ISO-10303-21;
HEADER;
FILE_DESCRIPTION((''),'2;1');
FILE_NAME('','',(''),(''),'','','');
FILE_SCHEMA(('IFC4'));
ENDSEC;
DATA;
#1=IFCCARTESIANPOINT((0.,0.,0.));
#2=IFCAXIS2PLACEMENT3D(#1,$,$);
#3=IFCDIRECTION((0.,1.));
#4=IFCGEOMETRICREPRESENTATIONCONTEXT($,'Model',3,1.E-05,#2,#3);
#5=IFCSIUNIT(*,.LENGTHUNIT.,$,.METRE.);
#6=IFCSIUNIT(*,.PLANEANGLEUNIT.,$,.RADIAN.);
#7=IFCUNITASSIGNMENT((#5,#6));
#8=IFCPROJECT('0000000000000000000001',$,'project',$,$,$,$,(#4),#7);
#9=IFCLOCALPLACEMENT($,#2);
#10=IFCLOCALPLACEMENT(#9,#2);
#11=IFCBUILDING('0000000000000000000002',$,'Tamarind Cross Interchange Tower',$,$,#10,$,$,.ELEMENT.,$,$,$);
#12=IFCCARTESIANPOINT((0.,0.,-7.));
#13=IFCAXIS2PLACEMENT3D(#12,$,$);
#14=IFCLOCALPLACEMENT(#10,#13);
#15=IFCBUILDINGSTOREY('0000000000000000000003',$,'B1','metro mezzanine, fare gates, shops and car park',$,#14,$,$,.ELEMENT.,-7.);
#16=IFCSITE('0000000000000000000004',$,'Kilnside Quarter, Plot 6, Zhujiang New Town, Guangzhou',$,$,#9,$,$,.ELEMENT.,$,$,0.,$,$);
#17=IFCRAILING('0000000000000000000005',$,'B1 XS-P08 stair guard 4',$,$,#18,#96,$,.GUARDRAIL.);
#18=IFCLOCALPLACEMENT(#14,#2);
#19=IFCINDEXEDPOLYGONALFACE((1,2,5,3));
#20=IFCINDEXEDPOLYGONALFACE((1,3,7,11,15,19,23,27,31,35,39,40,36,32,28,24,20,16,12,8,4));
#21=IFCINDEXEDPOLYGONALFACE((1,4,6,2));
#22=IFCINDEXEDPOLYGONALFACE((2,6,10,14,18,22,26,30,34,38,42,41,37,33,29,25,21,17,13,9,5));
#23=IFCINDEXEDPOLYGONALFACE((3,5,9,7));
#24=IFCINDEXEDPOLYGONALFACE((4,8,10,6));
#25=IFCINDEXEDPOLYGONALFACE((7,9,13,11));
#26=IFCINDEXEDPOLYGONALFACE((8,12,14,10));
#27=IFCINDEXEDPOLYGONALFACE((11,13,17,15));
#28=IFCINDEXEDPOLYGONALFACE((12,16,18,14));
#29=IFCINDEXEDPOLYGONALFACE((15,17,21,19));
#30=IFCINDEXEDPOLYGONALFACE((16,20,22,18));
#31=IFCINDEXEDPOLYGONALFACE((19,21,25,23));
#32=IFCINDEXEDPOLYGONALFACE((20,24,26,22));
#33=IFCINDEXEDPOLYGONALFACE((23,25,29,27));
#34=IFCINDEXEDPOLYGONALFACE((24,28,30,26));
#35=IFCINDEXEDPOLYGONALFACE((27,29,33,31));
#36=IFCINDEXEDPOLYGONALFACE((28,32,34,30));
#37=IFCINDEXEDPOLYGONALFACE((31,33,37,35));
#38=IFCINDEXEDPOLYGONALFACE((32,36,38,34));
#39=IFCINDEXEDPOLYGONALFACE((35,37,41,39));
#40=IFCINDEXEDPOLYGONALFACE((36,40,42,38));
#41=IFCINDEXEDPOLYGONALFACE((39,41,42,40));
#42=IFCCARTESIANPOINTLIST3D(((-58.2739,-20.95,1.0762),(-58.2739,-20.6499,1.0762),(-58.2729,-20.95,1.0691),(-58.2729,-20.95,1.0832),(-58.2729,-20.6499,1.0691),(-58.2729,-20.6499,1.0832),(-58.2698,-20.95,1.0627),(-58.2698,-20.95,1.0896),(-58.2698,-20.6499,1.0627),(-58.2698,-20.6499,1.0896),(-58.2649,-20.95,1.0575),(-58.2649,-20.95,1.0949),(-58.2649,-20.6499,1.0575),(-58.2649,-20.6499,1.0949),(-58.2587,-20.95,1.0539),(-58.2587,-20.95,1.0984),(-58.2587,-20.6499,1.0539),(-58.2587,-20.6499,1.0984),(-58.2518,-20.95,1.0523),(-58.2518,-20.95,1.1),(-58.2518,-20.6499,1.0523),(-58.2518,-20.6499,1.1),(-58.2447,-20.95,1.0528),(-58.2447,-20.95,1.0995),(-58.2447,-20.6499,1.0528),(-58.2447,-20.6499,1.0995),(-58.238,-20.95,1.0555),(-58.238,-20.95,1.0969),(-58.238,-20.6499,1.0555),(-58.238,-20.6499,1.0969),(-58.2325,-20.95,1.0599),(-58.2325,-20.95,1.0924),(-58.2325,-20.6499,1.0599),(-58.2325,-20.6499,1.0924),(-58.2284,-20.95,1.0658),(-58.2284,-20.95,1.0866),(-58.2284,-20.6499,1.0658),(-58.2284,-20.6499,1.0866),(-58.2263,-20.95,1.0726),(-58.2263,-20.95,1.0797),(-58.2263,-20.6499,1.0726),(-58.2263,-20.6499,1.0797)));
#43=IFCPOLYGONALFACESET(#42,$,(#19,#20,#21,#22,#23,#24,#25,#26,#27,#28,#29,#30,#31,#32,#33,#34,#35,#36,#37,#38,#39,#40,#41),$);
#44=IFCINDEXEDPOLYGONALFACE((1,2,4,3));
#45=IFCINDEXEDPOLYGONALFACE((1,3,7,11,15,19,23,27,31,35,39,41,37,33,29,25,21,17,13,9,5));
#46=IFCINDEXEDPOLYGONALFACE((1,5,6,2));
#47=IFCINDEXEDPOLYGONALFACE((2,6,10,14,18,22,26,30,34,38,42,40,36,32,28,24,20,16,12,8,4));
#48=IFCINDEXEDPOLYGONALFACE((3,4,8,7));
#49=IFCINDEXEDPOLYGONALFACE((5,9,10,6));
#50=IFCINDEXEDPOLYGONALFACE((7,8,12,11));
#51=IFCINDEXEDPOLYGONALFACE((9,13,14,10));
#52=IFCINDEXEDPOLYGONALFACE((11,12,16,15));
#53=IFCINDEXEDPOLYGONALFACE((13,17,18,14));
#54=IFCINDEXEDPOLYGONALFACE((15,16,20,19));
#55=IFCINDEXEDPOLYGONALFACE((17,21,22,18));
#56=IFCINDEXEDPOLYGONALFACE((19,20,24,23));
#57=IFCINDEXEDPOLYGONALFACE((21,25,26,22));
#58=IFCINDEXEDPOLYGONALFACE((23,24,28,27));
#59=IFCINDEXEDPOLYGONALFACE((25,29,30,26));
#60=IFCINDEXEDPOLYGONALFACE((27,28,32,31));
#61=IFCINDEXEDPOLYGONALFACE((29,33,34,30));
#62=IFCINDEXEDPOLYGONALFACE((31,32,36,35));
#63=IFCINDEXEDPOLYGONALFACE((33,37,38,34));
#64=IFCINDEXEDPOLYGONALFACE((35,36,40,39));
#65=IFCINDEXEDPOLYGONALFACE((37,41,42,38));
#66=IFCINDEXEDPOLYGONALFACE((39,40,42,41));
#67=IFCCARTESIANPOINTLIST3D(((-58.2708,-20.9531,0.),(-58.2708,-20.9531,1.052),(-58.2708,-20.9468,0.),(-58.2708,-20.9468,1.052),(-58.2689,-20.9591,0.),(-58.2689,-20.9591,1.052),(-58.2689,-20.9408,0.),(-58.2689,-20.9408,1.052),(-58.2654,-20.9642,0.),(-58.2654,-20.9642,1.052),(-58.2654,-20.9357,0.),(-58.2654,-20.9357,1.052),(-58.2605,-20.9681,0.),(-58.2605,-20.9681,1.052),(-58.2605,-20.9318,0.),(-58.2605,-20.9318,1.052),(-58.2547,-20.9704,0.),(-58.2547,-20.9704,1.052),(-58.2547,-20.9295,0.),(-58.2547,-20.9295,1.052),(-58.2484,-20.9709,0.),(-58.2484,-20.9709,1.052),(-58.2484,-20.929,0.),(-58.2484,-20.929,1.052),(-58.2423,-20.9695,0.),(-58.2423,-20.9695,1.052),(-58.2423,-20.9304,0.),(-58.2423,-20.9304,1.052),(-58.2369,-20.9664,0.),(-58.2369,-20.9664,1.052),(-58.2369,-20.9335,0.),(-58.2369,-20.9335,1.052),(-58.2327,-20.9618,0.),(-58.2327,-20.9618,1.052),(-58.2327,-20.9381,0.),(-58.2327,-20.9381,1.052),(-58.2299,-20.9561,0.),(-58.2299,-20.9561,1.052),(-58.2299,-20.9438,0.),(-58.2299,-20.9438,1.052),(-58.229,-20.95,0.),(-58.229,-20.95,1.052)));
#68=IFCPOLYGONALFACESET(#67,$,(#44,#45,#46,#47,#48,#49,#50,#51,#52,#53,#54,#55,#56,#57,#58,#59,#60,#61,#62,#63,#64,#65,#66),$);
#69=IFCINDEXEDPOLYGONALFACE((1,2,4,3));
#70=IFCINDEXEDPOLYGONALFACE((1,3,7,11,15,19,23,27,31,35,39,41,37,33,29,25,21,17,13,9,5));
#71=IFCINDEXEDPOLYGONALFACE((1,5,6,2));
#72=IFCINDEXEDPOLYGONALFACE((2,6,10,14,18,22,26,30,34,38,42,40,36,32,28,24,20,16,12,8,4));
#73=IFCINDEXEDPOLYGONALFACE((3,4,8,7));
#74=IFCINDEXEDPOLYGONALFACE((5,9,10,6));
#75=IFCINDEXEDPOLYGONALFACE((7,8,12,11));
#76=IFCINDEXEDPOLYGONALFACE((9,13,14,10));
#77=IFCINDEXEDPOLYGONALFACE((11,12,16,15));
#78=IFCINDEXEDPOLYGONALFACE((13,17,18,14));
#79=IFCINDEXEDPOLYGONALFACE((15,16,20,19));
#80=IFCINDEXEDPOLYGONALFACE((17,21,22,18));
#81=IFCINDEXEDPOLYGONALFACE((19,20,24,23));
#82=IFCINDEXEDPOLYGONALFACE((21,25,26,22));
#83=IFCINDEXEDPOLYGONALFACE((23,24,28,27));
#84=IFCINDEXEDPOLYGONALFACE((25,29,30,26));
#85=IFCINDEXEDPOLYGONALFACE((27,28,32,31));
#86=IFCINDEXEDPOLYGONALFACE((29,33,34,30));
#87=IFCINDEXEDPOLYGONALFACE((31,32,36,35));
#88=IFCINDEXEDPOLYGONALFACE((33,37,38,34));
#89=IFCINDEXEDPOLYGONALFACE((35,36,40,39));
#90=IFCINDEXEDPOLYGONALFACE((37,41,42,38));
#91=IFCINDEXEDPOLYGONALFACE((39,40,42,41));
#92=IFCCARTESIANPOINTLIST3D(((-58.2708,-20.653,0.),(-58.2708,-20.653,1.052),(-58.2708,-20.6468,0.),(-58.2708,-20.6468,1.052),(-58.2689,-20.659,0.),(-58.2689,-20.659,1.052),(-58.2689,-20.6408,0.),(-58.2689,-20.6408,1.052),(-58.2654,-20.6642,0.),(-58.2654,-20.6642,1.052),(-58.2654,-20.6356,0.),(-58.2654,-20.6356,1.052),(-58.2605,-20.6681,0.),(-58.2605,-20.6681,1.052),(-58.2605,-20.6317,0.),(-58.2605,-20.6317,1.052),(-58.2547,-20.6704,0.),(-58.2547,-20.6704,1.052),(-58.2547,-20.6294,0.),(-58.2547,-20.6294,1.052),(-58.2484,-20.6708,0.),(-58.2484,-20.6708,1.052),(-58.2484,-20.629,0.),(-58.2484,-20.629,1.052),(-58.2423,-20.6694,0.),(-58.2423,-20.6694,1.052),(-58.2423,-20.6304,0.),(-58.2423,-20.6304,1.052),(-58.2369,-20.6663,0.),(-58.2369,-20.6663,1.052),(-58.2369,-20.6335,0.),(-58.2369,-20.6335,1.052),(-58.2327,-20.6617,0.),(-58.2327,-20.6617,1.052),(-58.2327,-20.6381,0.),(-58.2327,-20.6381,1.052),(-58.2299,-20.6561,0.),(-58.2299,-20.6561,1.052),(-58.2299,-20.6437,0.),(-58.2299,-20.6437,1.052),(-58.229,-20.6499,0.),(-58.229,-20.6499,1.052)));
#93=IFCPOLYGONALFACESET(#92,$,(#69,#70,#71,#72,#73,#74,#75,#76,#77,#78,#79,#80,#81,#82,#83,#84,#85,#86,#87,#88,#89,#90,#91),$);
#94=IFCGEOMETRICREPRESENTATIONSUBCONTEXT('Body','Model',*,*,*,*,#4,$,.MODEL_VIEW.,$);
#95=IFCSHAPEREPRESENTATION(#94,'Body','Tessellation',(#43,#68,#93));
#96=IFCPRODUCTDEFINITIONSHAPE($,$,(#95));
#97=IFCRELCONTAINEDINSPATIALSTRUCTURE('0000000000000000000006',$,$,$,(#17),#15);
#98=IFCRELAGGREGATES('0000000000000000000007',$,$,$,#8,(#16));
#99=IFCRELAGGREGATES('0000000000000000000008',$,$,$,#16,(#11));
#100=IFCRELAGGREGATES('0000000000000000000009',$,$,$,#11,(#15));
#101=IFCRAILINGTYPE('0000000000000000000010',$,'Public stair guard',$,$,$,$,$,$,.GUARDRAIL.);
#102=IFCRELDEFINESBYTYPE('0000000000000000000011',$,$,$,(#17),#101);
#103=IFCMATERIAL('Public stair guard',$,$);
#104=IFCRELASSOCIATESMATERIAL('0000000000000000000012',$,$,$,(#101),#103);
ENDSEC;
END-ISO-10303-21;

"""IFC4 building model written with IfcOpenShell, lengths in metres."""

from ifc_helpers import new_model, si_unit, direction, frame, origin, origin_2d, place, context, subcontext, project, spatial, circle, extrude, material, type_object, element, save


model = new_model("IFC4")

# Units and contexts
model_context = context("Model", 3, precision=1e-05, world=origin(), true_north=direction((0.0, 1.0)))
body_context = subcontext(model_context, "Body", "Model", "MODEL_VIEW")
ifc_project = project(units=[si_unit("LENGTHUNIT", "METRE"), si_unit("PLANEANGLEUNIT", "RADIAN")], contexts=[model_context])

# Site, building, storey
site_placement = place(None, origin())
site = spatial("IfcSite", under=ifc_project, at=site_placement, Name="Kilnside Quarter, Plot 6, Zhujiang New Town, Guangzhou", CompositionType="ELEMENT", RefElevation=0.0)
building_placement = place(site_placement, origin())
building = spatial("IfcBuilding", under=site, at=building_placement, Name="Tamarind Cross Interchange Tower", CompositionType="ELEMENT")
storey_placement = place(building_placement, frame((0.0, 0.0, -7.0)))
storey = spatial("IfcBuildingStorey", under=building, at=storey_placement, Name="B1", Description="metro mezzanine, fare gates, shops and car park", CompositionType="ELEMENT", Elevation=-7.0)

# Railing
ifc_material_1 = material(Name="Public stair guard")
railing_type_1 = type_object("IfcRailingType", Name="Public stair guard", PredefinedType="GUARDRAIL", material=ifc_material_1)
railing_1_placement = place(storey_placement, frame((-58.25, -20.95, 0.0)))
element("IfcRailing", 1, at=railing_1_placement, inside=storey, type_object=railing_type_1, Name="B1 XS-P08 stair guard 4", PredefinedType="GUARDRAIL", context=body_context, shape_type="SweptSolid", body=[
    extrude(circle(Radius=0.0239, at=origin_2d()), frame((0.0, 0.0, 1.0762), z_axis=(0.0, 1.0, 0.0), x_axis=(-1.0, 0.0, 0.0)), (0.0, 0.0, 1.0), 0.3),
    extrude(circle(Radius=0.021, at=origin_2d()), origin(), (0.0, 0.0, 1.0), 1.052),
    extrude(circle(Radius=0.021, at=origin_2d()), frame((0.0, 0.3, 0.0)), (0.0, 0.0, 1.0), 1.052),
])

save(model, "model.ifc")
